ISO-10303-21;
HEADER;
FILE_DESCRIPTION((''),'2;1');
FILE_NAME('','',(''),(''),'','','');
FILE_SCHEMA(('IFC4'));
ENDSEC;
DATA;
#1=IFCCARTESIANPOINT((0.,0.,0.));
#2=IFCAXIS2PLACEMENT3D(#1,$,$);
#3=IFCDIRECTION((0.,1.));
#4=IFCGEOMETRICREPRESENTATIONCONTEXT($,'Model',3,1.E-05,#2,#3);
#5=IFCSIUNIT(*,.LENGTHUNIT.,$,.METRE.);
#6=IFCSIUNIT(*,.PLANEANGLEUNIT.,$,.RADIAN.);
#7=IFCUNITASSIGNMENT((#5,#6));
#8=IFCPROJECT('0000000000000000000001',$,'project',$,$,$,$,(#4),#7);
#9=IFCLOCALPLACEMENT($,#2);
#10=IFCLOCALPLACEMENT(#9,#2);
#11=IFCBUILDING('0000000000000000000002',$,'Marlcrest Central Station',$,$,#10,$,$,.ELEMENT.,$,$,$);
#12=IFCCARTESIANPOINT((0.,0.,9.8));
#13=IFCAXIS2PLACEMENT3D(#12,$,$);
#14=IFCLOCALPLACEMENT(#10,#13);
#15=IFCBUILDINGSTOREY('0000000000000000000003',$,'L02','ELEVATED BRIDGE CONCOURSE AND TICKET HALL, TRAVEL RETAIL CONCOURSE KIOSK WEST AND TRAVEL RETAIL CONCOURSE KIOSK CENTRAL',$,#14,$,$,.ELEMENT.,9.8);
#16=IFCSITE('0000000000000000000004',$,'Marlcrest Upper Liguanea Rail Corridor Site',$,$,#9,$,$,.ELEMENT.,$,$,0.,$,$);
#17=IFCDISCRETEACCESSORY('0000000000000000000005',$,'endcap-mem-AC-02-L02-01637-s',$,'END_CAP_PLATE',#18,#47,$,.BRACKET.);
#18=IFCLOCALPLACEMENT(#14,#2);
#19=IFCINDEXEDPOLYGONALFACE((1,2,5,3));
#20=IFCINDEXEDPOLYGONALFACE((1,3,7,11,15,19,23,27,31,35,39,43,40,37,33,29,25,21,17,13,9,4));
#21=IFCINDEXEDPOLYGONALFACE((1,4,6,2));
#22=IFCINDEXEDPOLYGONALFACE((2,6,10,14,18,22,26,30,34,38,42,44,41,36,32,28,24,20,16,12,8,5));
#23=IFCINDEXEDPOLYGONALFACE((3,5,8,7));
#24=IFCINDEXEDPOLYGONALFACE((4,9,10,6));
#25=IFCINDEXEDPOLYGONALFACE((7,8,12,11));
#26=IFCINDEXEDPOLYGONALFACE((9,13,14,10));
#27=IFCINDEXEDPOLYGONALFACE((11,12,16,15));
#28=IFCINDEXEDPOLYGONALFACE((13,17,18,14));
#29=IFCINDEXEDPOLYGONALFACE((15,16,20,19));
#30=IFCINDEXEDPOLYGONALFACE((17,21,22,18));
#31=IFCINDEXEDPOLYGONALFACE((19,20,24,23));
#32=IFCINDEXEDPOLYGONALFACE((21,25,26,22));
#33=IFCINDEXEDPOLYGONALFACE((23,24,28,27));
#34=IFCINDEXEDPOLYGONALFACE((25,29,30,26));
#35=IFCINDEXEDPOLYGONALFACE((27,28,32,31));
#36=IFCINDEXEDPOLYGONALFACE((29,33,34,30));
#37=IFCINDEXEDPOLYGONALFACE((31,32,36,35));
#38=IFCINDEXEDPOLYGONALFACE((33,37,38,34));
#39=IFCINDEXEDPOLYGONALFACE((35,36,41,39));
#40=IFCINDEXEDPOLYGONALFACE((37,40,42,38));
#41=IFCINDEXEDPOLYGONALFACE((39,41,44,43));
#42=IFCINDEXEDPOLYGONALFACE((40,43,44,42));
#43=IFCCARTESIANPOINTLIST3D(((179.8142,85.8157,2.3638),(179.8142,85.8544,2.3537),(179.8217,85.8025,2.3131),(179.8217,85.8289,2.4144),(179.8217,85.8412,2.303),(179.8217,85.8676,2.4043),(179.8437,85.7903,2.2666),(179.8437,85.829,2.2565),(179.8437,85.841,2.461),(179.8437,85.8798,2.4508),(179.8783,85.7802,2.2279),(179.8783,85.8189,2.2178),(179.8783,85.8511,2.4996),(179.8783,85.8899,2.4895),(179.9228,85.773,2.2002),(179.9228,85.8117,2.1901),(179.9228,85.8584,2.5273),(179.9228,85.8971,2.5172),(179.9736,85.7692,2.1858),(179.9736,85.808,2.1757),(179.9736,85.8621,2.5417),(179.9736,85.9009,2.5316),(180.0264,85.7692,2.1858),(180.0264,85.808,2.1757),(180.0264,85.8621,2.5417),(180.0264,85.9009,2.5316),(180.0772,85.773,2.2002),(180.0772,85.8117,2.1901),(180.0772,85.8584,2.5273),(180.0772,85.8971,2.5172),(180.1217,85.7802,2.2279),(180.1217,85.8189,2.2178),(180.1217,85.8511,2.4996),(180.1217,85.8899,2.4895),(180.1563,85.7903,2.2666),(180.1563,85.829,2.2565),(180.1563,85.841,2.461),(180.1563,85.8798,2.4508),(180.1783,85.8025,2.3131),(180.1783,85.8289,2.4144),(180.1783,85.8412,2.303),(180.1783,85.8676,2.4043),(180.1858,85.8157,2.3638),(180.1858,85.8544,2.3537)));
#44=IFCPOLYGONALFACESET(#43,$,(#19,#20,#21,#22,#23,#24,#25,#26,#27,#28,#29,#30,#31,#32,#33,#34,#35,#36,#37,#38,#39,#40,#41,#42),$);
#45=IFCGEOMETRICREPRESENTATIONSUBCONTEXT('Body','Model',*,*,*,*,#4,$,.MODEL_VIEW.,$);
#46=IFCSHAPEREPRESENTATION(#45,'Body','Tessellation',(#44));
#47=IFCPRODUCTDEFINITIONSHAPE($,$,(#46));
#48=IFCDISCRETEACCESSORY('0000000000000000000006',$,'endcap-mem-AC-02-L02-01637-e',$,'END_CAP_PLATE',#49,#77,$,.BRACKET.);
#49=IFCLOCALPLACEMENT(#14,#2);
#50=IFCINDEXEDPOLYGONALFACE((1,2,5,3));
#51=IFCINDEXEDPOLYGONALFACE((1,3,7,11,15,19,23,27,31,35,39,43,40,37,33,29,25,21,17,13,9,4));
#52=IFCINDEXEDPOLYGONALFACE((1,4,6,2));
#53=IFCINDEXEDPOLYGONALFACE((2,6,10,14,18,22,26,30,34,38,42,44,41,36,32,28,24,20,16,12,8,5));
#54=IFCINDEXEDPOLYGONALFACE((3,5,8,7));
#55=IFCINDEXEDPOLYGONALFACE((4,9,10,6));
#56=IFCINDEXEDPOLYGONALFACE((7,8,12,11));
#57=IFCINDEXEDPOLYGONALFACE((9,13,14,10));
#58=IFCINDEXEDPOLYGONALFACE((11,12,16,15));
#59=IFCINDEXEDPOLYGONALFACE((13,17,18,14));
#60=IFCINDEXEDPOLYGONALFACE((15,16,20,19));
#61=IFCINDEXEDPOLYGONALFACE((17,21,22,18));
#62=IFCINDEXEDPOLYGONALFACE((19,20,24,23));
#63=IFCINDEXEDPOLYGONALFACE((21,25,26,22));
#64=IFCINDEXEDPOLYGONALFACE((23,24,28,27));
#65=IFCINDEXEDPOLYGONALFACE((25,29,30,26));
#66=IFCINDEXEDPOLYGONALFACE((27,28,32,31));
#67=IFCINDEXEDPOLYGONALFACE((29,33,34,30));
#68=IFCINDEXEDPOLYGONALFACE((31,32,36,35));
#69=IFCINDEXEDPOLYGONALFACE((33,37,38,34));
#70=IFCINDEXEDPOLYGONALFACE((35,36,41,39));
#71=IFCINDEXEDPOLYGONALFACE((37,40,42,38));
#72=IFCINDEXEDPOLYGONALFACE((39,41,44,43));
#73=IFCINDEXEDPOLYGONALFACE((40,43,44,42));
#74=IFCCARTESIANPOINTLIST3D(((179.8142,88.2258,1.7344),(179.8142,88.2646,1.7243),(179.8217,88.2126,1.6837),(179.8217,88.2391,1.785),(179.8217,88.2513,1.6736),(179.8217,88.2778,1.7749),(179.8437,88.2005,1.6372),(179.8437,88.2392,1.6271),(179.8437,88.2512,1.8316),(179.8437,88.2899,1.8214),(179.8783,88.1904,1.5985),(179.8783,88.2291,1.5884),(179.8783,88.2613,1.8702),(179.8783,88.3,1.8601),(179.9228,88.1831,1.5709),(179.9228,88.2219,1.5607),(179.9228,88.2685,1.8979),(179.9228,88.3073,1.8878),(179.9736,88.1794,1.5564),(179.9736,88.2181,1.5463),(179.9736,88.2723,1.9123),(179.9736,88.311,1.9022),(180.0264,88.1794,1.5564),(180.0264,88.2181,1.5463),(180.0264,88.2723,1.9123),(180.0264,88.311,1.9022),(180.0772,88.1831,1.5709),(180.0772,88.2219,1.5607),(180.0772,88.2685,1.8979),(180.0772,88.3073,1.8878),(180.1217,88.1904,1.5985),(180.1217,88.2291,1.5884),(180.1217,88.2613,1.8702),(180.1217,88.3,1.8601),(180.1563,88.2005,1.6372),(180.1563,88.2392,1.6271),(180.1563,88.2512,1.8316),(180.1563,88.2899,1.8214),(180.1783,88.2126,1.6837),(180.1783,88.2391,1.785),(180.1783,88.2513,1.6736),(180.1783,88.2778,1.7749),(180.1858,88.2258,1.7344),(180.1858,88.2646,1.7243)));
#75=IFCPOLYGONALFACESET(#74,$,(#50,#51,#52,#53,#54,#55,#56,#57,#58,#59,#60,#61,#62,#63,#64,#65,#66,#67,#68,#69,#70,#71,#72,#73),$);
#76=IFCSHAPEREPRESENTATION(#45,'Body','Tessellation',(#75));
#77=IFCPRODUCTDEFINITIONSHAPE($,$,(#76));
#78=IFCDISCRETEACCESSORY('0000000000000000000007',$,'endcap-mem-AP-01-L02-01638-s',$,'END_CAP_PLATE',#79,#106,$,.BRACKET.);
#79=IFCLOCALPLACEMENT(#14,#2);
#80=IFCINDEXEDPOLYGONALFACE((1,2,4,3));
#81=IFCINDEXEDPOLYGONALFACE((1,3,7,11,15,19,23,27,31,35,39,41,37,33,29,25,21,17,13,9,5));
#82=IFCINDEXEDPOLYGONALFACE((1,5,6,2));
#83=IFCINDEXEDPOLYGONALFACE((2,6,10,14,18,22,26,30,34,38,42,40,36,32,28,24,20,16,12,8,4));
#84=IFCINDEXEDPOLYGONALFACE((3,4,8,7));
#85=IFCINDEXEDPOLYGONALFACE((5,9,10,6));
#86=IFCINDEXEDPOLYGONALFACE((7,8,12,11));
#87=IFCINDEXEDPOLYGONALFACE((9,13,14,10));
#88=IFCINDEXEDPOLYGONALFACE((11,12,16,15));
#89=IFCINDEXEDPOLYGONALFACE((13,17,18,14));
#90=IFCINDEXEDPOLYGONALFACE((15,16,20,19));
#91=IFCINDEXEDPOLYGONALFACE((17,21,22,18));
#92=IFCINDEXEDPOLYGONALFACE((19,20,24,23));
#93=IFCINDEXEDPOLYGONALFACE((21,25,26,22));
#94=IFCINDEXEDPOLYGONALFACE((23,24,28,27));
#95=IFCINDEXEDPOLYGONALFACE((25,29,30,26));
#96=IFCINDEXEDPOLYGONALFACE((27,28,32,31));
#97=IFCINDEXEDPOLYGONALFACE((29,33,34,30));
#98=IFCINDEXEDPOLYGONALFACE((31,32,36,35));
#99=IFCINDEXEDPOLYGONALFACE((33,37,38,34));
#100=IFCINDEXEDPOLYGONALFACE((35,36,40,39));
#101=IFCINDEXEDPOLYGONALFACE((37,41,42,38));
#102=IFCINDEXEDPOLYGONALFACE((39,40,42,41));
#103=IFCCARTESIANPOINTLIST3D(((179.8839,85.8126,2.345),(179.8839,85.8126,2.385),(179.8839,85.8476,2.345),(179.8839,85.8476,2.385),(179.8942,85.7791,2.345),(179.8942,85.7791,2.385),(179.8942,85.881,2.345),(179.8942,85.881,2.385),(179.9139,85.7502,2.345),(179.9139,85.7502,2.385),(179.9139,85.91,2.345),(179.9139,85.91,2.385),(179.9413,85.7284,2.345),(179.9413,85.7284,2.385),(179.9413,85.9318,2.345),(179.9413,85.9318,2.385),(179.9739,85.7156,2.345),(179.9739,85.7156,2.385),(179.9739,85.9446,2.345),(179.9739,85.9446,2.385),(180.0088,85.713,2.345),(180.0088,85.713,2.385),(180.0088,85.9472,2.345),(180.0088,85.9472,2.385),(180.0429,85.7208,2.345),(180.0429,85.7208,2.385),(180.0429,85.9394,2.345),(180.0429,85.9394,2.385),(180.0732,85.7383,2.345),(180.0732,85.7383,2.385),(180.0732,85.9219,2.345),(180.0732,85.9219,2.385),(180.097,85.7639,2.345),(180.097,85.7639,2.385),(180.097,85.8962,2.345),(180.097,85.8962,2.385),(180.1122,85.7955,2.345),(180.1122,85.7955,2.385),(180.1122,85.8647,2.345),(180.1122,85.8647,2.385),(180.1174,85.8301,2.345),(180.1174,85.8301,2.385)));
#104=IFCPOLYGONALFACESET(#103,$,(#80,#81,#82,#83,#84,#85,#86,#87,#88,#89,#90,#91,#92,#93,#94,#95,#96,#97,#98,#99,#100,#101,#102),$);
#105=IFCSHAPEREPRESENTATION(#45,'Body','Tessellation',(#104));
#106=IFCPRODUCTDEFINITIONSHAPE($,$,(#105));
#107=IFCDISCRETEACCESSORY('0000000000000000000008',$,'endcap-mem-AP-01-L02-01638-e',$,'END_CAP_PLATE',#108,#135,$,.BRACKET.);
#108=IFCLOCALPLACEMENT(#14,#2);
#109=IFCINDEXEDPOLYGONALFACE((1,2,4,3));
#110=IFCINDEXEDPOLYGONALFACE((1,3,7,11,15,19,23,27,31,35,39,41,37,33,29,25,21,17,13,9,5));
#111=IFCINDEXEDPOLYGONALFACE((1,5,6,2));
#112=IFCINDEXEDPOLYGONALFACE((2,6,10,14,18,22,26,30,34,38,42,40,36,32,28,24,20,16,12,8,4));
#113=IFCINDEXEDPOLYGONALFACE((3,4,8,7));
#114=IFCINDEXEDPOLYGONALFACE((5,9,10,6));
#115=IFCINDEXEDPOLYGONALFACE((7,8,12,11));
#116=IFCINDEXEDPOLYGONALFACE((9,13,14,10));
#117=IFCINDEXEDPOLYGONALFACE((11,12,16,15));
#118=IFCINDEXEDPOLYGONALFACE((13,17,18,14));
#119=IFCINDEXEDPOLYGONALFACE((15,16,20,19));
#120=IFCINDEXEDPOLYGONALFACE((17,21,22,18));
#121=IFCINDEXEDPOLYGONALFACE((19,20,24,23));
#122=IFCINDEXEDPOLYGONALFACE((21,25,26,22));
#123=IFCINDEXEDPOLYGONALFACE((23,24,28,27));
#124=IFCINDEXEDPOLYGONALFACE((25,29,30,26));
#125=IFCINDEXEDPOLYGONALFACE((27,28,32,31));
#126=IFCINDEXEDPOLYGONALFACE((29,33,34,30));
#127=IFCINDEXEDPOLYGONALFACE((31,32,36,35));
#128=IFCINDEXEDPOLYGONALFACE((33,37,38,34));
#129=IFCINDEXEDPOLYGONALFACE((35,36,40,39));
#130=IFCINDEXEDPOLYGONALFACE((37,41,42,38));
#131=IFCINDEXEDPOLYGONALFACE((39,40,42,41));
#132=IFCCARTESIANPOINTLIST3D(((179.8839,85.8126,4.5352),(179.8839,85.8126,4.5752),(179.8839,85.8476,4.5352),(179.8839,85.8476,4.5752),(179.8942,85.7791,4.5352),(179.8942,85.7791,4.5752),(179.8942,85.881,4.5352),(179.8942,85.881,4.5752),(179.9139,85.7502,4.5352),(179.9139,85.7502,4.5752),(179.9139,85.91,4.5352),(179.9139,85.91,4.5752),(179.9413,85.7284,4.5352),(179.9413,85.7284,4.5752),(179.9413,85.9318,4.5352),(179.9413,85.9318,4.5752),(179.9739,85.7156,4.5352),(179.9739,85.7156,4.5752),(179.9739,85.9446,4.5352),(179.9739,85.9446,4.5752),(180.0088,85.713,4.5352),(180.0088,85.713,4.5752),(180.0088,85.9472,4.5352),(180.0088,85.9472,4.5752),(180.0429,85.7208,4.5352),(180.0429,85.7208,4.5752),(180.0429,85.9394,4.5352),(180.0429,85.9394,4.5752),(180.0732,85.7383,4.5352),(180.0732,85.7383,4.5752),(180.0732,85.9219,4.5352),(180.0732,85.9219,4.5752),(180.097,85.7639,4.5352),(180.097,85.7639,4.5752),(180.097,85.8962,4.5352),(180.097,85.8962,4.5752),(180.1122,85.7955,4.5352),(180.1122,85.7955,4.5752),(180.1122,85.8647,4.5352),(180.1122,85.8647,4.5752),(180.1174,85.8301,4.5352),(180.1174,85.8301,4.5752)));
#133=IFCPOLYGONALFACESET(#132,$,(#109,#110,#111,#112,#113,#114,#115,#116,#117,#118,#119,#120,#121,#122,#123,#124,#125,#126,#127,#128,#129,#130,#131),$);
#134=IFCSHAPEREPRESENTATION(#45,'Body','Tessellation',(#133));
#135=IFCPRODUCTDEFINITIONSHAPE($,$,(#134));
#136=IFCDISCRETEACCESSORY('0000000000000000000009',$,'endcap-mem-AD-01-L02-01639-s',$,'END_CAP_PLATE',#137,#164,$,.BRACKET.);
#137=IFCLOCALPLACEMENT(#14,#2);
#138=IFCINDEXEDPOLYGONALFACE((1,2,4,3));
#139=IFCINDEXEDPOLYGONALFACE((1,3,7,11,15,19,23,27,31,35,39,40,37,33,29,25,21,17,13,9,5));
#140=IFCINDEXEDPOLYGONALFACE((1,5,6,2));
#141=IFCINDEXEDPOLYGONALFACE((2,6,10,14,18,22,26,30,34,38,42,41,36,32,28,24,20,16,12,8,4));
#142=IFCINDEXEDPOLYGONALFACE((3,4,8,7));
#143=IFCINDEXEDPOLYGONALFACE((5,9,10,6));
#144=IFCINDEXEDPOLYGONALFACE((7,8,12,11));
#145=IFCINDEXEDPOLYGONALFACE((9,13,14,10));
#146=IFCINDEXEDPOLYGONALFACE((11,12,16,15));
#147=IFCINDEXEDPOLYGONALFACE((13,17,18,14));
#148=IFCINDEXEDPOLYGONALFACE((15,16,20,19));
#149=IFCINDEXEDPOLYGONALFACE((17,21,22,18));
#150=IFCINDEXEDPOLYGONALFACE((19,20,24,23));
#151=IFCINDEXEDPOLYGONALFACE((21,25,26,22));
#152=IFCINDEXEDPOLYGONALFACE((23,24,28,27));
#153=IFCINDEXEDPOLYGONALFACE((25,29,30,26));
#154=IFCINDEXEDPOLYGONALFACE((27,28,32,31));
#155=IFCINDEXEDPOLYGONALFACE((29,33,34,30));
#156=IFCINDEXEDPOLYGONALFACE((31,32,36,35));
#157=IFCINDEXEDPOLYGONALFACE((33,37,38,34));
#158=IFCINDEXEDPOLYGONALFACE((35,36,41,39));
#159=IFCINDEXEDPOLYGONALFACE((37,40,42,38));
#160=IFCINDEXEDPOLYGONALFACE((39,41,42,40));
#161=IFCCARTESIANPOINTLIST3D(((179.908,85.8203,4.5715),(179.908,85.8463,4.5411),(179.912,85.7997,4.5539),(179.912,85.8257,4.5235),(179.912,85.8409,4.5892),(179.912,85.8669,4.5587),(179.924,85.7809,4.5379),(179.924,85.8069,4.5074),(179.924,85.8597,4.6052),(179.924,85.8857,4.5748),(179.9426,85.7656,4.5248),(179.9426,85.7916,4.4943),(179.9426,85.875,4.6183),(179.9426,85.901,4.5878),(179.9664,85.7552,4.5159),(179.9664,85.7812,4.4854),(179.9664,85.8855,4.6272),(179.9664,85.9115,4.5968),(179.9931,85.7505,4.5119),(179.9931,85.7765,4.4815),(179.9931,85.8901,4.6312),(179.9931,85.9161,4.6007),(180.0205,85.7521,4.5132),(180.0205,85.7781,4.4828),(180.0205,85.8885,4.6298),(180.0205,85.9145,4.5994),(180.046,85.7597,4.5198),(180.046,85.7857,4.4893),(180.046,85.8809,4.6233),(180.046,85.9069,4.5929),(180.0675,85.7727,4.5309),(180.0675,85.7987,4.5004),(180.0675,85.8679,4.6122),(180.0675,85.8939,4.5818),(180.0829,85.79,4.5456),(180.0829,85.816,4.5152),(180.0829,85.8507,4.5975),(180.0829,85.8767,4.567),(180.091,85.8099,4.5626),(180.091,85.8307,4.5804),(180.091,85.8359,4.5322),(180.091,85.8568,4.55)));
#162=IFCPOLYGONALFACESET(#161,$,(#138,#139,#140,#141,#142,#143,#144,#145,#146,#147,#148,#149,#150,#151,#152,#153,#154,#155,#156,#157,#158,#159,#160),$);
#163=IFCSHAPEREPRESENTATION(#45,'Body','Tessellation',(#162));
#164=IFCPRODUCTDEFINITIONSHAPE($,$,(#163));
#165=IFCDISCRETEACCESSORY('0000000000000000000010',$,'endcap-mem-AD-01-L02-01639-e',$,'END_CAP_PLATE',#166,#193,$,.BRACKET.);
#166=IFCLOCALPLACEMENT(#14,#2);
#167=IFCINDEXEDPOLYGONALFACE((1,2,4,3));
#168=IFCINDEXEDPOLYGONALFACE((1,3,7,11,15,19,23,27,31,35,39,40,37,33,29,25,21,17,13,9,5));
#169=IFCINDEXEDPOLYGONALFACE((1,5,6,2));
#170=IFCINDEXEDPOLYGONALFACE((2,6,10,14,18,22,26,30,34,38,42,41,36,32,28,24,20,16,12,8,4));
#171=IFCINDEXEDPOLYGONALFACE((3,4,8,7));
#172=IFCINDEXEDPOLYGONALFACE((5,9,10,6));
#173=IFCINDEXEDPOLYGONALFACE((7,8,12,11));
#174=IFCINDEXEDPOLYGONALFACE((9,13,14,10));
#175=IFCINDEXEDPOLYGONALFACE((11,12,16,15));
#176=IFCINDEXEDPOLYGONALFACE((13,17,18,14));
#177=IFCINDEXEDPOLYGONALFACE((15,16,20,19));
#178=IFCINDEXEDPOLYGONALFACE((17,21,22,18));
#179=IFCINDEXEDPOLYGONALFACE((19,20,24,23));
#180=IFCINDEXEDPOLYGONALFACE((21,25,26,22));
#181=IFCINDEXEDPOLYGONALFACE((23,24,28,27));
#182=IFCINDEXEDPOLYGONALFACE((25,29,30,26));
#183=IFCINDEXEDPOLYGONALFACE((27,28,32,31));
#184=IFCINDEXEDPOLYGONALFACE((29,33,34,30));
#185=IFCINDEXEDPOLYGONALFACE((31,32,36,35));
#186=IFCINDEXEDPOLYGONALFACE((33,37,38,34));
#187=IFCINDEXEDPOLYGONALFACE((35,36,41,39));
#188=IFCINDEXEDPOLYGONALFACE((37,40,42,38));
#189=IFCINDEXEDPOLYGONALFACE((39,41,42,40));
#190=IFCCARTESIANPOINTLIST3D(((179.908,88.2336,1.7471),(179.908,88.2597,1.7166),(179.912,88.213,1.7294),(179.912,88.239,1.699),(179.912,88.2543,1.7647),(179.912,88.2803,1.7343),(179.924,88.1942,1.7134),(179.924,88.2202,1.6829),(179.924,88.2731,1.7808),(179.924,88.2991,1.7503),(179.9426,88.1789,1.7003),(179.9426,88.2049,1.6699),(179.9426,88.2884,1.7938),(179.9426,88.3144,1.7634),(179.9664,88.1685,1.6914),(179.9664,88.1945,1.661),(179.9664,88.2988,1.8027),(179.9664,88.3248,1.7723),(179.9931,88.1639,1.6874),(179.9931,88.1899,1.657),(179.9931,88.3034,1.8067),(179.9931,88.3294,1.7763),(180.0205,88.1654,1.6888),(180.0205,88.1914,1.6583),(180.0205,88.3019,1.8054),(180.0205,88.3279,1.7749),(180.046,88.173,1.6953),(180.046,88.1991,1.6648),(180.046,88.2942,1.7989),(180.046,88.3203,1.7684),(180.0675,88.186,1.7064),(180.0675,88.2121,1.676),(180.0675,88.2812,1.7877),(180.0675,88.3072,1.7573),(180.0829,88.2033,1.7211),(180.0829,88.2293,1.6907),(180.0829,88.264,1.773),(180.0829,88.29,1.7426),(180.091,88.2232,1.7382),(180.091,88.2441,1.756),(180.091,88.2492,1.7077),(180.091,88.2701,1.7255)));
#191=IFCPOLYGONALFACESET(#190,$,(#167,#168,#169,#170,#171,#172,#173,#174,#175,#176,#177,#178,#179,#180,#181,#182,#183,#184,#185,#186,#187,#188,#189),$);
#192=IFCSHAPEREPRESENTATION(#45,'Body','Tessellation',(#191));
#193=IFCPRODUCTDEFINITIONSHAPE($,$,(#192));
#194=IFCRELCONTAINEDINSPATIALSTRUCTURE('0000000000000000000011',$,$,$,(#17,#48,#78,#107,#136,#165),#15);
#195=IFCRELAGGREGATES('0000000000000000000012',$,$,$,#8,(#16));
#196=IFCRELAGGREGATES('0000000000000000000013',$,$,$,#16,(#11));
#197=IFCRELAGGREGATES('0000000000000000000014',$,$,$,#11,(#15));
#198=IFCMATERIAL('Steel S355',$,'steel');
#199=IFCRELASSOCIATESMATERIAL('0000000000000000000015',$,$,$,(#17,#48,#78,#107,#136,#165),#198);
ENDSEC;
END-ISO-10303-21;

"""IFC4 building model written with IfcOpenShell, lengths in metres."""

from ifc_helpers import new_model, si_unit, direction, frame, origin, origin_2d, place, context, subcontext, project, spatial, circle, extrude, material, element, save


model = new_model("IFC4")

# Units and contexts
model_context = context("Model", 3, precision=1e-05, world=origin(), true_north=direction((0.0, 1.0)))
body_context = subcontext(model_context, "Body", "Model", "MODEL_VIEW")
ifc_project = project(units=[si_unit("LENGTHUNIT", "METRE"), si_unit("PLANEANGLEUNIT", "RADIAN")], contexts=[model_context])

# Site, building, storey
site_placement = place(None, origin())
site = spatial("IfcSite", under=ifc_project, at=site_placement, Name="Marlcrest Upper Liguanea Rail Corridor Site", CompositionType="ELEMENT", RefElevation=0.0)
building_placement = place(site_placement, origin())
building = spatial("IfcBuilding", under=site, at=building_placement, Name="Marlcrest Central Station", CompositionType="ELEMENT")
storey_placement = place(building_placement, frame((0.0, 0.0, 9.8)))
storey = spatial("IfcBuildingStorey", under=building, at=storey_placement, Name="L02", Description="ELEVATED BRIDGE CONCOURSE AND TICKET HALL, TRAVEL RETAIL CONCOURSE KIOSK WEST AND TRAVEL RETAIL CONCOURSE KIOSK CENTRAL", CompositionType="ELEMENT", Elevation=9.8)

# Shared definitions
ifc_material_1 = material(Name="Steel S355", Category="steel")

# Discrete accessories
for number, where, z_axis, x_axis, name in (
    (1, (180.0, 85.8157, 2.3638), (0.0, 0.967563, -0.252629), (-1.0, 0.0, 0.0), "endcap-mem-AC-02-L02-01637-s"),
    (2, (180.0, 88.2258, 1.7344), (0.0, 0.967563, -0.252629), (-1.0, 0.0, 0.0), "endcap-mem-AC-02-L02-01637-e"),
):
    element("IfcDiscreteAccessory", number, at=place(storey_placement, frame(where, z_axis=z_axis, x_axis=x_axis)), inside=storey, material=ifc_material_1, Name=name, ObjectType="END_CAP_PLATE", PredefinedType="BRACKET", context=body_context, shape_type="SweptSolid", body=[
        extrude(circle(Radius=0.1858, at=origin_2d()), origin(), (0.0, 0.0, 1.0), 0.04),
    ])
for number, where, z_axis, x_axis, name in (
    (3, (180.0, 85.8301, 2.345), (0.0, 0.0, 1.0), (1.0, 0.0, 0.0), "endcap-mem-AP-01-L02-01638-s"),
    (4, (180.0, 85.8301, 4.5352), (0.0, 0.0, 1.0), (1.0, 0.0, 0.0), "endcap-mem-AP-01-L02-01638-e"),
):
    element("IfcDiscreteAccessory", number, at=place(storey_placement, frame(where, z_axis=z_axis, x_axis=x_axis)), inside=storey, material=ifc_material_1, Name=name, ObjectType="END_CAP_PLATE", PredefinedType="BRACKET", context=body_context, shape_type="SweptSolid", body=[
        extrude(circle(Radius=0.1174, at=origin_2d()), origin(), (0.0, 0.0, 1.0), 0.04),
    ])
for number, where, z_axis, x_axis, name in (
    (5, (180.0, 85.8203, 4.5715), (0.0, 0.649625, -0.760255), (-1.0, 0.0, 0.0), "endcap-mem-AD-01-L02-01639-s"),
    (6, (180.0, 88.2336, 1.7471), (0.0, 0.649625, -0.760255), (-1.0, 0.0, 0.0), "endcap-mem-AD-01-L02-01639-e"),
):
    element("IfcDiscreteAccessory", number, at=place(storey_placement, frame(where, z_axis=z_axis, x_axis=x_axis)), inside=storey, material=ifc_material_1, Name=name, ObjectType="END_CAP_PLATE", PredefinedType="BRACKET", context=body_context, shape_type="SweptSolid", body=[
        extrude(circle(Radius=0.092, at=origin_2d()), origin(), (0.0, 0.0, 1.0), 0.04),
    ])

save(model, "model.ifc")
